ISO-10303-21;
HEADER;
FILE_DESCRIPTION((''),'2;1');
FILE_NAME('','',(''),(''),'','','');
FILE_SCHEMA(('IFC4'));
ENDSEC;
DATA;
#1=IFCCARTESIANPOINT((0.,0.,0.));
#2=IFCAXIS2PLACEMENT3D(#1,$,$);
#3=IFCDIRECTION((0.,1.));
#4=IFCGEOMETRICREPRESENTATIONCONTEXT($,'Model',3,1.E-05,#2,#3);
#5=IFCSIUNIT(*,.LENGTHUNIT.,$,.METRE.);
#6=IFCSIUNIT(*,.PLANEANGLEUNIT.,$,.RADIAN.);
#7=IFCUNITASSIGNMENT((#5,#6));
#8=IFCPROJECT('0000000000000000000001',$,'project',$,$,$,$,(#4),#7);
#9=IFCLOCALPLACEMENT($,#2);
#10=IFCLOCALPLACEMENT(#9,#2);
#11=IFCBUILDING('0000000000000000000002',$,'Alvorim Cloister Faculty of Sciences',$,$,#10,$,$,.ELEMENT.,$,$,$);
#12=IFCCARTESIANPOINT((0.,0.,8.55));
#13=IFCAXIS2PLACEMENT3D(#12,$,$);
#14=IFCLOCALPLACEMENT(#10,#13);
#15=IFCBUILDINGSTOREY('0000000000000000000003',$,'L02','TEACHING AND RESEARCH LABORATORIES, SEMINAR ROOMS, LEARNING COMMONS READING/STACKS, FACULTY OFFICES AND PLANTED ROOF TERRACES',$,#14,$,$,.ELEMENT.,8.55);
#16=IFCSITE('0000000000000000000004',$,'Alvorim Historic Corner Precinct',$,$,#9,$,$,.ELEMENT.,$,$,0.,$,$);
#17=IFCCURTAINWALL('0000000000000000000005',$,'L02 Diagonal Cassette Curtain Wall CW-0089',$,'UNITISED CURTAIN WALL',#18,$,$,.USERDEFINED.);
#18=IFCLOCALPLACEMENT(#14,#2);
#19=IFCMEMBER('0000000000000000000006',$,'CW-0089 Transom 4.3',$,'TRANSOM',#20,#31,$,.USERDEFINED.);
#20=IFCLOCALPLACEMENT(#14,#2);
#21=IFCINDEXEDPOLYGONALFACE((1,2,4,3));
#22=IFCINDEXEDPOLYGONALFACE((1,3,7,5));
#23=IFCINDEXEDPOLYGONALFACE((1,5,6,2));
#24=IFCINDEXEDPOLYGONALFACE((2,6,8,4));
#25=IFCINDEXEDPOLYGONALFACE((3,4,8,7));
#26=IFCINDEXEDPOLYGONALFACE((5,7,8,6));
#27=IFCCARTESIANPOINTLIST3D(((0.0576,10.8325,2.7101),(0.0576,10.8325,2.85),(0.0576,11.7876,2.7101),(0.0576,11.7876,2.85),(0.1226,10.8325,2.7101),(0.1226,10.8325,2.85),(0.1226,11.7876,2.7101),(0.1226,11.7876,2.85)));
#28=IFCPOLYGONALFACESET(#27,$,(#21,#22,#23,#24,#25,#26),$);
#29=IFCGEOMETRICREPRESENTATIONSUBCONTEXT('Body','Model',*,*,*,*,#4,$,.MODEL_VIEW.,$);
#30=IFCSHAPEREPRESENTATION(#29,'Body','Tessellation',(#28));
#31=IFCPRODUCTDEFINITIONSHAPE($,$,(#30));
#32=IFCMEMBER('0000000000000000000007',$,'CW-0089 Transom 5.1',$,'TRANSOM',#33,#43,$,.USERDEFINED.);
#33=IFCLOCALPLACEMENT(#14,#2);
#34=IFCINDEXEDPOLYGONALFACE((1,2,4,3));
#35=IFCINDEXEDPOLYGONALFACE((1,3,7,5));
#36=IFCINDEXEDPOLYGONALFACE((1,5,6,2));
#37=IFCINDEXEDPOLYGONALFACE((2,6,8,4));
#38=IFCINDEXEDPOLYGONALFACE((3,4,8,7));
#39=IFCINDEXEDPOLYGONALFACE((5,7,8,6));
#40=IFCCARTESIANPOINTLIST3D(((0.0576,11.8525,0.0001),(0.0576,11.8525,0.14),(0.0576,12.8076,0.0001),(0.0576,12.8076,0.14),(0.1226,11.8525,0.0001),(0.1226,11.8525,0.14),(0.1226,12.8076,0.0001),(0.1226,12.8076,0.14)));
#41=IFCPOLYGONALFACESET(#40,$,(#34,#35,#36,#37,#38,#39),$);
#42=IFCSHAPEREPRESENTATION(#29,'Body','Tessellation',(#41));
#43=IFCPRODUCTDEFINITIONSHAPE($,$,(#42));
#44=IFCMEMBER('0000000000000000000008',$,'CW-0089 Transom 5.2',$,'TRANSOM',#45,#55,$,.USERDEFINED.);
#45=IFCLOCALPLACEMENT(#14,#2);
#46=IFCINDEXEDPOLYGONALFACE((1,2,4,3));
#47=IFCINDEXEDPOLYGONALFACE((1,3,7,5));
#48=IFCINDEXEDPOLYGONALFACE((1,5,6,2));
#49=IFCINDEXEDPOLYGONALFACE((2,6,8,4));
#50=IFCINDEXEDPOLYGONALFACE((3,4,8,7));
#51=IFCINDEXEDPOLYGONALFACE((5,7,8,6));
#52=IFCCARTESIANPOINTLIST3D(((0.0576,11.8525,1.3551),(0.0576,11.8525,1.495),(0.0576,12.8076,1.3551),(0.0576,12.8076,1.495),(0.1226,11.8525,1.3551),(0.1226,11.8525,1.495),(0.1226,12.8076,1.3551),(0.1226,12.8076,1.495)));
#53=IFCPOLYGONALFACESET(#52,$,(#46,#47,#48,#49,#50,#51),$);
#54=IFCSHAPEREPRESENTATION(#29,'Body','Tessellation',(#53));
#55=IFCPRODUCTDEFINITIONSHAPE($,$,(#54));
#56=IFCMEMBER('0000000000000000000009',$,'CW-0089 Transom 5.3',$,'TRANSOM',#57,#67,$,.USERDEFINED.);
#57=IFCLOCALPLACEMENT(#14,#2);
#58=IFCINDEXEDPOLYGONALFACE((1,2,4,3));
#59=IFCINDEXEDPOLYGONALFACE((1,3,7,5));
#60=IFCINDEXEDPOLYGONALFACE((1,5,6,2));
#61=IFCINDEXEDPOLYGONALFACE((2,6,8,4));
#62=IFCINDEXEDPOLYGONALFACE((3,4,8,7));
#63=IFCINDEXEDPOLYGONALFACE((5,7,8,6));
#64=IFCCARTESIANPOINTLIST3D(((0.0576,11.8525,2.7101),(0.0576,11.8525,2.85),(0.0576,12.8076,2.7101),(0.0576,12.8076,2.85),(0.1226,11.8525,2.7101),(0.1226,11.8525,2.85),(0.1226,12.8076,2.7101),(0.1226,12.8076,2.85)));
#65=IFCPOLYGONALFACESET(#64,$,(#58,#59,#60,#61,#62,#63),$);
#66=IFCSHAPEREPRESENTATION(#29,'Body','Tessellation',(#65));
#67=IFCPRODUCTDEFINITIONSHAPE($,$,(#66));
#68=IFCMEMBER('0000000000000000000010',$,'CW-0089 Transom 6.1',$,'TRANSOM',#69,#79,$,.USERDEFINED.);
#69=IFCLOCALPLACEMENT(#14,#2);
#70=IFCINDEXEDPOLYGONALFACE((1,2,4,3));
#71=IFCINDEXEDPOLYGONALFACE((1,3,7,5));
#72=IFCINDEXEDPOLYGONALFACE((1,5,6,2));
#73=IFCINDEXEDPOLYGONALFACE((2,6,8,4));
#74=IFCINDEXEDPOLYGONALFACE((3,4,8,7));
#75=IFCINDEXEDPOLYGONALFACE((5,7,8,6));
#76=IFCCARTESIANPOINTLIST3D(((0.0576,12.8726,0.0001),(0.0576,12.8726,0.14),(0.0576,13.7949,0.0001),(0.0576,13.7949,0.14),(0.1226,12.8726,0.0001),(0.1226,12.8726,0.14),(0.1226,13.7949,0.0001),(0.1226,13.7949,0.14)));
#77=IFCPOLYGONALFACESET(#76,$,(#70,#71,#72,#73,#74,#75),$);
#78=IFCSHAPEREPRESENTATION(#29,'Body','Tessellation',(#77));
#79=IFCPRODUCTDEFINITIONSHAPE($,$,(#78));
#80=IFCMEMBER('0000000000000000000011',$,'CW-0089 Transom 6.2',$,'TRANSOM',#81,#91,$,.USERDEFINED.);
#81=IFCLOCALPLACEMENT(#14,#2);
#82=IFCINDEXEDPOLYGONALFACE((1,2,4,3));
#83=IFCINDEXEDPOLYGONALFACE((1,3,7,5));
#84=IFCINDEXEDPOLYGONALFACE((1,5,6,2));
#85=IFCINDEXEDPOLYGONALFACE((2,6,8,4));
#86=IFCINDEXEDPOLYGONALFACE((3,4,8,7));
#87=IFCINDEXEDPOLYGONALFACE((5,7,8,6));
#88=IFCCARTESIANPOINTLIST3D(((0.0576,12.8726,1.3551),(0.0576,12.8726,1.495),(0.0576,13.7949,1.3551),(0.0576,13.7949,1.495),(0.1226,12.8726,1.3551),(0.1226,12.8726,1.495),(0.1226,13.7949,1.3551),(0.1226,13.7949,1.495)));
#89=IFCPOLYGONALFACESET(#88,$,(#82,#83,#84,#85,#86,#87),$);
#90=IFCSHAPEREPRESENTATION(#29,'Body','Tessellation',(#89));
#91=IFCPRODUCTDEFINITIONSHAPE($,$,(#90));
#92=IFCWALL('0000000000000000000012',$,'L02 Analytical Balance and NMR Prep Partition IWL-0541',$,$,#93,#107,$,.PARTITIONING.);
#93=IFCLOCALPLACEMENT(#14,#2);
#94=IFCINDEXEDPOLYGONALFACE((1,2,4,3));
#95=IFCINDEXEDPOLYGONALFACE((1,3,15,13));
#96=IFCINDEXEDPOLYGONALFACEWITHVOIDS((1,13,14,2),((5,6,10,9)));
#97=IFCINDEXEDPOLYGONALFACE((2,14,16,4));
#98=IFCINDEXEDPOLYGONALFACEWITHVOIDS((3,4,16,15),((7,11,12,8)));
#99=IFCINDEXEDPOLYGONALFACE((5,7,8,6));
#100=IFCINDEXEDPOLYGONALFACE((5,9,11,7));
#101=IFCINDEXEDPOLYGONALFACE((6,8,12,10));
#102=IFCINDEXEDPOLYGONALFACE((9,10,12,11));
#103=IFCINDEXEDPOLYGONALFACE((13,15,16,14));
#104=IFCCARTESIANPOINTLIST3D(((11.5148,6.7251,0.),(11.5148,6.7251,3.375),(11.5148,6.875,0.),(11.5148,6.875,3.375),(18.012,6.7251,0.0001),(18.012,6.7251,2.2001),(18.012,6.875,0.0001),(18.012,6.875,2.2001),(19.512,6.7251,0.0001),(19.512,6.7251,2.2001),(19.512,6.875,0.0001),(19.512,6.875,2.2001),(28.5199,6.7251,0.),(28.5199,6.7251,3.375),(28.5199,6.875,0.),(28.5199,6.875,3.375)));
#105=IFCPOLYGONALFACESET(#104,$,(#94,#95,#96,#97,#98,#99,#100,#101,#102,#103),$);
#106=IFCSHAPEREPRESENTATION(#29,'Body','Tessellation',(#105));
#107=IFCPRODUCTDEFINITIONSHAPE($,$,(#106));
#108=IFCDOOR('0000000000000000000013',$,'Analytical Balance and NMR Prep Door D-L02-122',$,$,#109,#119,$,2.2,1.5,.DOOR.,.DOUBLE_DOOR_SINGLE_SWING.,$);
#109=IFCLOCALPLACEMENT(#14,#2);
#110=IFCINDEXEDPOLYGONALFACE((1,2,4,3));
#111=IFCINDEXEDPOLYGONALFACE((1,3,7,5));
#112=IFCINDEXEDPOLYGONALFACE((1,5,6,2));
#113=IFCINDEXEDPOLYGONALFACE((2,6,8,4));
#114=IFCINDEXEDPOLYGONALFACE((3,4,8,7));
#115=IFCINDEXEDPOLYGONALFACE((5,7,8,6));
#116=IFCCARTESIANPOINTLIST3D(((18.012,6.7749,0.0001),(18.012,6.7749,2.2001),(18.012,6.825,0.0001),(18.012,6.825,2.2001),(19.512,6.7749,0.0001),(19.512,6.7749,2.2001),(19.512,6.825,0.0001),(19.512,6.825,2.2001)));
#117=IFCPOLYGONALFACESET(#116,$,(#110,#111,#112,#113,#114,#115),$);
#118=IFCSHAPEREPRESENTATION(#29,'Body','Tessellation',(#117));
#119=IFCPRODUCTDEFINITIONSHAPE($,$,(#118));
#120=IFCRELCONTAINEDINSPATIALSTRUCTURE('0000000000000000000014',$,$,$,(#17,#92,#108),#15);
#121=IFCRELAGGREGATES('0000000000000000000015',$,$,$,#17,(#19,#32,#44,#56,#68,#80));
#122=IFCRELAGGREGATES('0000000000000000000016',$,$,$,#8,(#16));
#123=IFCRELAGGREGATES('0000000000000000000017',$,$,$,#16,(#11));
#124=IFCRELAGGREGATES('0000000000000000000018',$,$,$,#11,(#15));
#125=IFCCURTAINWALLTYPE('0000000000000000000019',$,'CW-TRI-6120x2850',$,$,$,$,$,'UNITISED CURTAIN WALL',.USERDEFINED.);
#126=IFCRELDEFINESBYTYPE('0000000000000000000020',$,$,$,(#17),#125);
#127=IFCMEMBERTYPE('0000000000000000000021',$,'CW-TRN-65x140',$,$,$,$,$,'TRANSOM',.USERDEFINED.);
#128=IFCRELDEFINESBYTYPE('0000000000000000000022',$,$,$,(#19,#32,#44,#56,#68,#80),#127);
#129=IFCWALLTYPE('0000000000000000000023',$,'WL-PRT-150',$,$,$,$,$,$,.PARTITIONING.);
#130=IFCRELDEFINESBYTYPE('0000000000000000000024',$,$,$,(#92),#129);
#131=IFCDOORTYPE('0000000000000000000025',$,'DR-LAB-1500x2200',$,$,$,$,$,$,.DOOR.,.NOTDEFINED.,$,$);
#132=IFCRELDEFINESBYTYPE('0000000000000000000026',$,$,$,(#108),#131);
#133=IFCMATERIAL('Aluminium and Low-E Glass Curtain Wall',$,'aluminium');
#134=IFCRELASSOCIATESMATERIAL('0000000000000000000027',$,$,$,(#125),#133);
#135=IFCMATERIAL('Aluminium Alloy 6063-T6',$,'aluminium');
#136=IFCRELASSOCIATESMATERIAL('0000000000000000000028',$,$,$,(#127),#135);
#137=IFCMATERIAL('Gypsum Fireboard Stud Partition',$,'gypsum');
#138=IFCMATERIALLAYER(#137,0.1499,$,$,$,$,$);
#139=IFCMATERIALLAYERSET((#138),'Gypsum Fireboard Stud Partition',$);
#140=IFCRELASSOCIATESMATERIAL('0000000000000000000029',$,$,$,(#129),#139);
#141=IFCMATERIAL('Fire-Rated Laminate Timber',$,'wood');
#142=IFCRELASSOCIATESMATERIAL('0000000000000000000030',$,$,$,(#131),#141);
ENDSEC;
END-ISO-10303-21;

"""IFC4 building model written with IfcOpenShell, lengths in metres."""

from ifc_helpers import new_model, si_unit, direction, frame, frame_2d, origin, origin_2d, place, context, subcontext, project, spatial, rectangle, extrude, material, layer, layer_set, material_profile, profile_set, type_object, element, fill, aggregate, save


model = new_model("IFC4")

# Units and contexts
model_context = context("Model", 3, precision=1e-05, world=origin(), true_north=direction((0.0, 1.0)))
body_context = subcontext(model_context, "Body", "Model", "MODEL_VIEW")
ifc_project = project(units=[si_unit("LENGTHUNIT", "METRE"), si_unit("PLANEANGLEUNIT", "RADIAN")], contexts=[model_context])

# Site, building, storey
site_placement = place(None, origin())
site = spatial("IfcSite", under=ifc_project, at=site_placement, Name="Alvorim Historic Corner Precinct", CompositionType="ELEMENT", RefElevation=0.0)
building_placement = place(site_placement, origin())
building = spatial("IfcBuilding", under=site, at=building_placement, Name="Alvorim Cloister Faculty of Sciences", CompositionType="ELEMENT")
storey_placement = place(building_placement, frame((0.0, 0.0, 8.55)))
storey = spatial("IfcBuildingStorey", under=building, at=storey_placement, Name="L02", Description="TEACHING AND RESEARCH LABORATORIES, SEMINAR ROOMS, LEARNING COMMONS READING/STACKS, FACULTY OFFICES AND PLANTED ROOF TERRACES", CompositionType="ELEMENT", Elevation=8.55)

# Curtain wall, members
ifc_material_1 = material(Name="Aluminium and Low-E Glass Curtain Wall", Category="aluminium")
curtain_wall_type = type_object("IfcCurtainWallType", Name="CW-TRI-6120x2850", ElementType="UNITISED CURTAIN WALL", PredefinedType="USERDEFINED", material=ifc_material_1)
curtain_wall_placement = place(storey_placement, origin())
curtain_wall = element("IfcCurtainWall", 1, at=curtain_wall_placement, inside=storey, type_object=curtain_wall_type, Name="L02 Diagonal Cassette Curtain Wall CW-0089", ObjectType="UNITISED CURTAIN WALL", PredefinedType="USERDEFINED")
ifc_material_2 = material(Name="Aluminium Alloy 6063-T6", Category="aluminium")
ifc_material_profile_1 = material_profile(ifc_material_2, rectangle(XDim=0.0649, YDim=0.1399, at=origin_2d()), Name="ALU-TRN-65x140")
ifc_profile_set_1 = profile_set([ifc_material_profile_1], Name="Aluminium Alloy 6063-T6")
member_type_1 = type_object("IfcMemberType", Name="CW-TRN-65x140", ElementType="TRANSOM", PredefinedType="USERDEFINED", material=ifc_profile_set_1)
member_1_placement = place(storey_placement, frame((0.0901, 10.8325, 2.78), z_axis=(0.0, 1.0, 0.0), x_axis=(-1.0, 0.0, 0.0)))
member_1 = element("IfcMember", 2, at=member_1_placement, type_object=member_type_1, Name="CW-0089 Transom 4.3", ObjectType="TRANSOM", PredefinedType="USERDEFINED", context=body_context, shape_type="SweptSolid", body=[
    extrude(rectangle(XDim=0.0649, YDim=0.1399, at=origin_2d()), origin(), (0.0, 0.0, 1.0), 0.9551),
])
member_2_placement = place(storey_placement, frame((0.0901, 11.8525, 0.0701), z_axis=(0.0, 1.0, 0.0), x_axis=(-1.0, 0.0, 0.0)))
member_2 = element("IfcMember", 3, at=member_2_placement, type_object=member_type_1, Name="CW-0089 Transom 5.1", ObjectType="TRANSOM", PredefinedType="USERDEFINED", context=body_context, shape_type="SweptSolid", body=[
    extrude(rectangle(XDim=0.0649, YDim=0.1399, at=origin_2d()), origin(), (0.0, 0.0, 1.0), 0.9551),
])
member_3_placement = place(storey_placement, frame((0.0901, 11.8525, 1.425), z_axis=(0.0, 1.0, 0.0), x_axis=(-1.0, 0.0, 0.0)))
member_3 = element("IfcMember", 4, at=member_3_placement, type_object=member_type_1, Name="CW-0089 Transom 5.2", ObjectType="TRANSOM", PredefinedType="USERDEFINED", context=body_context, shape_type="SweptSolid", body=[
    extrude(rectangle(XDim=0.0649, YDim=0.1399, at=origin_2d()), origin(), (0.0, 0.0, 1.0), 0.9551),
])
member_4_placement = place(storey_placement, frame((0.0901, 11.8525, 2.78), z_axis=(0.0, 1.0, 0.0), x_axis=(-1.0, 0.0, 0.0)))
member_4 = element("IfcMember", 5, at=member_4_placement, type_object=member_type_1, Name="CW-0089 Transom 5.3", ObjectType="TRANSOM", PredefinedType="USERDEFINED", context=body_context, shape_type="SweptSolid", body=[
    extrude(rectangle(XDim=0.0649, YDim=0.1399, at=origin_2d()), origin(), (0.0, 0.0, 1.0), 0.9551),
])
member_5_placement = place(storey_placement, frame((0.0901, 12.8726, 0.0701), z_axis=(0.0, 1.0, 0.0), x_axis=(-1.0, 0.0, 0.0)))
member_5 = element("IfcMember", 6, at=member_5_placement, type_object=member_type_1, Name="CW-0089 Transom 6.1", ObjectType="TRANSOM", PredefinedType="USERDEFINED", context=body_context, shape_type="SweptSolid", body=[
    extrude(rectangle(XDim=0.0649, YDim=0.1399, at=origin_2d()), origin(), (0.0, 0.0, 1.0), 0.9224),
])
member_6_placement = place(storey_placement, frame((0.0901, 12.8726, 1.425), z_axis=(0.0, 1.0, 0.0), x_axis=(-1.0, 0.0, 0.0)))
member_6 = element("IfcMember", 7, at=member_6_placement, type_object=member_type_1, Name="CW-0089 Transom 6.2", ObjectType="TRANSOM", PredefinedType="USERDEFINED", context=body_context, shape_type="SweptSolid", body=[
    extrude(rectangle(XDim=0.0649, YDim=0.1399, at=origin_2d()), origin(), (0.0, 0.0, 1.0), 0.9224),
])
aggregate(curtain_wall, [member_1, member_2, member_3, member_4, member_5, member_6])

# Wall, opening, door
ifc_material_3 = material(Name="Gypsum Fireboard Stud Partition", Category="gypsum")
ifc_layer = layer(ifc_material_3, 0.1499)
ifc_layer_set = layer_set([ifc_layer], Name="Gypsum Fireboard Stud Partition")
wall_type = type_object("IfcWallType", Name="WL-PRT-150", PredefinedType="PARTITIONING", material=ifc_layer_set)
wall_placement = place(storey_placement, frame((11.5149, 6.8, 0.0), z_axis=(0.0, 0.0, 1.0), x_axis=(1.0, 0.0, 0.0)))
wall = element("IfcWall", 8, at=wall_placement, inside=storey, type_object=wall_type, Name="L02 Analytical Balance and NMR Prep Partition IWL-0541", PredefinedType="PARTITIONING", context=body_context, shape_type="SweptSolid", body=[
    extrude(rectangle(XDim=17.0051, YDim=0.1499, at=frame_2d((8.5024, 0.0))), origin(), (0.0, 0.0, 1.0), 3.375),
])
opening_placement = place(wall_placement, frame((6.4971, 0.0, 0.0)))
opening = element("IfcOpeningElement", 9, at=opening_placement, cuts=wall, PredefinedType="OPENING", context=body_context, shape_type="SweptSolid", body=[
    extrude(rectangle(XDim=1.5, YDim=2.2, at=frame_2d((0.75, 1.1001))), frame((0.0, 0.0869, 0.0), z_axis=(0.0, -1.0, 0.0), x_axis=(1.0, 0.0, 0.0)), (0.0, 0.0, 1.0), 0.1738),
])
ifc_material_4 = material(Name="Fire-Rated Laminate Timber", Category="wood")
door_type = type_object("IfcDoorType", Name="DR-LAB-1500x2200", OperationType="NOTDEFINED", PredefinedType="DOOR", material=ifc_material_4)
door_placement = place(opening_placement, origin())
door = element("IfcDoor", 10, at=door_placement, inside=storey, type_object=door_type, Name="Analytical Balance and NMR Prep Door D-L02-122", OperationType="DOUBLE_DOOR_SINGLE_SWING", OverallHeight=2.2, OverallWidth=1.5, PredefinedType="DOOR", context=body_context, shape_type="SweptSolid", body=[
    extrude(rectangle(XDim=1.5, YDim=2.2, at=frame_2d((0.75, 1.1001))), frame((0.0, 0.0249, 0.0), z_axis=(0.0, -1.0, 0.0), x_axis=(1.0, 0.0, 0.0)), (0.0, 0.0, 1.0), 0.05),
])
fill(opening, door)

save(model, "model.ifc")
